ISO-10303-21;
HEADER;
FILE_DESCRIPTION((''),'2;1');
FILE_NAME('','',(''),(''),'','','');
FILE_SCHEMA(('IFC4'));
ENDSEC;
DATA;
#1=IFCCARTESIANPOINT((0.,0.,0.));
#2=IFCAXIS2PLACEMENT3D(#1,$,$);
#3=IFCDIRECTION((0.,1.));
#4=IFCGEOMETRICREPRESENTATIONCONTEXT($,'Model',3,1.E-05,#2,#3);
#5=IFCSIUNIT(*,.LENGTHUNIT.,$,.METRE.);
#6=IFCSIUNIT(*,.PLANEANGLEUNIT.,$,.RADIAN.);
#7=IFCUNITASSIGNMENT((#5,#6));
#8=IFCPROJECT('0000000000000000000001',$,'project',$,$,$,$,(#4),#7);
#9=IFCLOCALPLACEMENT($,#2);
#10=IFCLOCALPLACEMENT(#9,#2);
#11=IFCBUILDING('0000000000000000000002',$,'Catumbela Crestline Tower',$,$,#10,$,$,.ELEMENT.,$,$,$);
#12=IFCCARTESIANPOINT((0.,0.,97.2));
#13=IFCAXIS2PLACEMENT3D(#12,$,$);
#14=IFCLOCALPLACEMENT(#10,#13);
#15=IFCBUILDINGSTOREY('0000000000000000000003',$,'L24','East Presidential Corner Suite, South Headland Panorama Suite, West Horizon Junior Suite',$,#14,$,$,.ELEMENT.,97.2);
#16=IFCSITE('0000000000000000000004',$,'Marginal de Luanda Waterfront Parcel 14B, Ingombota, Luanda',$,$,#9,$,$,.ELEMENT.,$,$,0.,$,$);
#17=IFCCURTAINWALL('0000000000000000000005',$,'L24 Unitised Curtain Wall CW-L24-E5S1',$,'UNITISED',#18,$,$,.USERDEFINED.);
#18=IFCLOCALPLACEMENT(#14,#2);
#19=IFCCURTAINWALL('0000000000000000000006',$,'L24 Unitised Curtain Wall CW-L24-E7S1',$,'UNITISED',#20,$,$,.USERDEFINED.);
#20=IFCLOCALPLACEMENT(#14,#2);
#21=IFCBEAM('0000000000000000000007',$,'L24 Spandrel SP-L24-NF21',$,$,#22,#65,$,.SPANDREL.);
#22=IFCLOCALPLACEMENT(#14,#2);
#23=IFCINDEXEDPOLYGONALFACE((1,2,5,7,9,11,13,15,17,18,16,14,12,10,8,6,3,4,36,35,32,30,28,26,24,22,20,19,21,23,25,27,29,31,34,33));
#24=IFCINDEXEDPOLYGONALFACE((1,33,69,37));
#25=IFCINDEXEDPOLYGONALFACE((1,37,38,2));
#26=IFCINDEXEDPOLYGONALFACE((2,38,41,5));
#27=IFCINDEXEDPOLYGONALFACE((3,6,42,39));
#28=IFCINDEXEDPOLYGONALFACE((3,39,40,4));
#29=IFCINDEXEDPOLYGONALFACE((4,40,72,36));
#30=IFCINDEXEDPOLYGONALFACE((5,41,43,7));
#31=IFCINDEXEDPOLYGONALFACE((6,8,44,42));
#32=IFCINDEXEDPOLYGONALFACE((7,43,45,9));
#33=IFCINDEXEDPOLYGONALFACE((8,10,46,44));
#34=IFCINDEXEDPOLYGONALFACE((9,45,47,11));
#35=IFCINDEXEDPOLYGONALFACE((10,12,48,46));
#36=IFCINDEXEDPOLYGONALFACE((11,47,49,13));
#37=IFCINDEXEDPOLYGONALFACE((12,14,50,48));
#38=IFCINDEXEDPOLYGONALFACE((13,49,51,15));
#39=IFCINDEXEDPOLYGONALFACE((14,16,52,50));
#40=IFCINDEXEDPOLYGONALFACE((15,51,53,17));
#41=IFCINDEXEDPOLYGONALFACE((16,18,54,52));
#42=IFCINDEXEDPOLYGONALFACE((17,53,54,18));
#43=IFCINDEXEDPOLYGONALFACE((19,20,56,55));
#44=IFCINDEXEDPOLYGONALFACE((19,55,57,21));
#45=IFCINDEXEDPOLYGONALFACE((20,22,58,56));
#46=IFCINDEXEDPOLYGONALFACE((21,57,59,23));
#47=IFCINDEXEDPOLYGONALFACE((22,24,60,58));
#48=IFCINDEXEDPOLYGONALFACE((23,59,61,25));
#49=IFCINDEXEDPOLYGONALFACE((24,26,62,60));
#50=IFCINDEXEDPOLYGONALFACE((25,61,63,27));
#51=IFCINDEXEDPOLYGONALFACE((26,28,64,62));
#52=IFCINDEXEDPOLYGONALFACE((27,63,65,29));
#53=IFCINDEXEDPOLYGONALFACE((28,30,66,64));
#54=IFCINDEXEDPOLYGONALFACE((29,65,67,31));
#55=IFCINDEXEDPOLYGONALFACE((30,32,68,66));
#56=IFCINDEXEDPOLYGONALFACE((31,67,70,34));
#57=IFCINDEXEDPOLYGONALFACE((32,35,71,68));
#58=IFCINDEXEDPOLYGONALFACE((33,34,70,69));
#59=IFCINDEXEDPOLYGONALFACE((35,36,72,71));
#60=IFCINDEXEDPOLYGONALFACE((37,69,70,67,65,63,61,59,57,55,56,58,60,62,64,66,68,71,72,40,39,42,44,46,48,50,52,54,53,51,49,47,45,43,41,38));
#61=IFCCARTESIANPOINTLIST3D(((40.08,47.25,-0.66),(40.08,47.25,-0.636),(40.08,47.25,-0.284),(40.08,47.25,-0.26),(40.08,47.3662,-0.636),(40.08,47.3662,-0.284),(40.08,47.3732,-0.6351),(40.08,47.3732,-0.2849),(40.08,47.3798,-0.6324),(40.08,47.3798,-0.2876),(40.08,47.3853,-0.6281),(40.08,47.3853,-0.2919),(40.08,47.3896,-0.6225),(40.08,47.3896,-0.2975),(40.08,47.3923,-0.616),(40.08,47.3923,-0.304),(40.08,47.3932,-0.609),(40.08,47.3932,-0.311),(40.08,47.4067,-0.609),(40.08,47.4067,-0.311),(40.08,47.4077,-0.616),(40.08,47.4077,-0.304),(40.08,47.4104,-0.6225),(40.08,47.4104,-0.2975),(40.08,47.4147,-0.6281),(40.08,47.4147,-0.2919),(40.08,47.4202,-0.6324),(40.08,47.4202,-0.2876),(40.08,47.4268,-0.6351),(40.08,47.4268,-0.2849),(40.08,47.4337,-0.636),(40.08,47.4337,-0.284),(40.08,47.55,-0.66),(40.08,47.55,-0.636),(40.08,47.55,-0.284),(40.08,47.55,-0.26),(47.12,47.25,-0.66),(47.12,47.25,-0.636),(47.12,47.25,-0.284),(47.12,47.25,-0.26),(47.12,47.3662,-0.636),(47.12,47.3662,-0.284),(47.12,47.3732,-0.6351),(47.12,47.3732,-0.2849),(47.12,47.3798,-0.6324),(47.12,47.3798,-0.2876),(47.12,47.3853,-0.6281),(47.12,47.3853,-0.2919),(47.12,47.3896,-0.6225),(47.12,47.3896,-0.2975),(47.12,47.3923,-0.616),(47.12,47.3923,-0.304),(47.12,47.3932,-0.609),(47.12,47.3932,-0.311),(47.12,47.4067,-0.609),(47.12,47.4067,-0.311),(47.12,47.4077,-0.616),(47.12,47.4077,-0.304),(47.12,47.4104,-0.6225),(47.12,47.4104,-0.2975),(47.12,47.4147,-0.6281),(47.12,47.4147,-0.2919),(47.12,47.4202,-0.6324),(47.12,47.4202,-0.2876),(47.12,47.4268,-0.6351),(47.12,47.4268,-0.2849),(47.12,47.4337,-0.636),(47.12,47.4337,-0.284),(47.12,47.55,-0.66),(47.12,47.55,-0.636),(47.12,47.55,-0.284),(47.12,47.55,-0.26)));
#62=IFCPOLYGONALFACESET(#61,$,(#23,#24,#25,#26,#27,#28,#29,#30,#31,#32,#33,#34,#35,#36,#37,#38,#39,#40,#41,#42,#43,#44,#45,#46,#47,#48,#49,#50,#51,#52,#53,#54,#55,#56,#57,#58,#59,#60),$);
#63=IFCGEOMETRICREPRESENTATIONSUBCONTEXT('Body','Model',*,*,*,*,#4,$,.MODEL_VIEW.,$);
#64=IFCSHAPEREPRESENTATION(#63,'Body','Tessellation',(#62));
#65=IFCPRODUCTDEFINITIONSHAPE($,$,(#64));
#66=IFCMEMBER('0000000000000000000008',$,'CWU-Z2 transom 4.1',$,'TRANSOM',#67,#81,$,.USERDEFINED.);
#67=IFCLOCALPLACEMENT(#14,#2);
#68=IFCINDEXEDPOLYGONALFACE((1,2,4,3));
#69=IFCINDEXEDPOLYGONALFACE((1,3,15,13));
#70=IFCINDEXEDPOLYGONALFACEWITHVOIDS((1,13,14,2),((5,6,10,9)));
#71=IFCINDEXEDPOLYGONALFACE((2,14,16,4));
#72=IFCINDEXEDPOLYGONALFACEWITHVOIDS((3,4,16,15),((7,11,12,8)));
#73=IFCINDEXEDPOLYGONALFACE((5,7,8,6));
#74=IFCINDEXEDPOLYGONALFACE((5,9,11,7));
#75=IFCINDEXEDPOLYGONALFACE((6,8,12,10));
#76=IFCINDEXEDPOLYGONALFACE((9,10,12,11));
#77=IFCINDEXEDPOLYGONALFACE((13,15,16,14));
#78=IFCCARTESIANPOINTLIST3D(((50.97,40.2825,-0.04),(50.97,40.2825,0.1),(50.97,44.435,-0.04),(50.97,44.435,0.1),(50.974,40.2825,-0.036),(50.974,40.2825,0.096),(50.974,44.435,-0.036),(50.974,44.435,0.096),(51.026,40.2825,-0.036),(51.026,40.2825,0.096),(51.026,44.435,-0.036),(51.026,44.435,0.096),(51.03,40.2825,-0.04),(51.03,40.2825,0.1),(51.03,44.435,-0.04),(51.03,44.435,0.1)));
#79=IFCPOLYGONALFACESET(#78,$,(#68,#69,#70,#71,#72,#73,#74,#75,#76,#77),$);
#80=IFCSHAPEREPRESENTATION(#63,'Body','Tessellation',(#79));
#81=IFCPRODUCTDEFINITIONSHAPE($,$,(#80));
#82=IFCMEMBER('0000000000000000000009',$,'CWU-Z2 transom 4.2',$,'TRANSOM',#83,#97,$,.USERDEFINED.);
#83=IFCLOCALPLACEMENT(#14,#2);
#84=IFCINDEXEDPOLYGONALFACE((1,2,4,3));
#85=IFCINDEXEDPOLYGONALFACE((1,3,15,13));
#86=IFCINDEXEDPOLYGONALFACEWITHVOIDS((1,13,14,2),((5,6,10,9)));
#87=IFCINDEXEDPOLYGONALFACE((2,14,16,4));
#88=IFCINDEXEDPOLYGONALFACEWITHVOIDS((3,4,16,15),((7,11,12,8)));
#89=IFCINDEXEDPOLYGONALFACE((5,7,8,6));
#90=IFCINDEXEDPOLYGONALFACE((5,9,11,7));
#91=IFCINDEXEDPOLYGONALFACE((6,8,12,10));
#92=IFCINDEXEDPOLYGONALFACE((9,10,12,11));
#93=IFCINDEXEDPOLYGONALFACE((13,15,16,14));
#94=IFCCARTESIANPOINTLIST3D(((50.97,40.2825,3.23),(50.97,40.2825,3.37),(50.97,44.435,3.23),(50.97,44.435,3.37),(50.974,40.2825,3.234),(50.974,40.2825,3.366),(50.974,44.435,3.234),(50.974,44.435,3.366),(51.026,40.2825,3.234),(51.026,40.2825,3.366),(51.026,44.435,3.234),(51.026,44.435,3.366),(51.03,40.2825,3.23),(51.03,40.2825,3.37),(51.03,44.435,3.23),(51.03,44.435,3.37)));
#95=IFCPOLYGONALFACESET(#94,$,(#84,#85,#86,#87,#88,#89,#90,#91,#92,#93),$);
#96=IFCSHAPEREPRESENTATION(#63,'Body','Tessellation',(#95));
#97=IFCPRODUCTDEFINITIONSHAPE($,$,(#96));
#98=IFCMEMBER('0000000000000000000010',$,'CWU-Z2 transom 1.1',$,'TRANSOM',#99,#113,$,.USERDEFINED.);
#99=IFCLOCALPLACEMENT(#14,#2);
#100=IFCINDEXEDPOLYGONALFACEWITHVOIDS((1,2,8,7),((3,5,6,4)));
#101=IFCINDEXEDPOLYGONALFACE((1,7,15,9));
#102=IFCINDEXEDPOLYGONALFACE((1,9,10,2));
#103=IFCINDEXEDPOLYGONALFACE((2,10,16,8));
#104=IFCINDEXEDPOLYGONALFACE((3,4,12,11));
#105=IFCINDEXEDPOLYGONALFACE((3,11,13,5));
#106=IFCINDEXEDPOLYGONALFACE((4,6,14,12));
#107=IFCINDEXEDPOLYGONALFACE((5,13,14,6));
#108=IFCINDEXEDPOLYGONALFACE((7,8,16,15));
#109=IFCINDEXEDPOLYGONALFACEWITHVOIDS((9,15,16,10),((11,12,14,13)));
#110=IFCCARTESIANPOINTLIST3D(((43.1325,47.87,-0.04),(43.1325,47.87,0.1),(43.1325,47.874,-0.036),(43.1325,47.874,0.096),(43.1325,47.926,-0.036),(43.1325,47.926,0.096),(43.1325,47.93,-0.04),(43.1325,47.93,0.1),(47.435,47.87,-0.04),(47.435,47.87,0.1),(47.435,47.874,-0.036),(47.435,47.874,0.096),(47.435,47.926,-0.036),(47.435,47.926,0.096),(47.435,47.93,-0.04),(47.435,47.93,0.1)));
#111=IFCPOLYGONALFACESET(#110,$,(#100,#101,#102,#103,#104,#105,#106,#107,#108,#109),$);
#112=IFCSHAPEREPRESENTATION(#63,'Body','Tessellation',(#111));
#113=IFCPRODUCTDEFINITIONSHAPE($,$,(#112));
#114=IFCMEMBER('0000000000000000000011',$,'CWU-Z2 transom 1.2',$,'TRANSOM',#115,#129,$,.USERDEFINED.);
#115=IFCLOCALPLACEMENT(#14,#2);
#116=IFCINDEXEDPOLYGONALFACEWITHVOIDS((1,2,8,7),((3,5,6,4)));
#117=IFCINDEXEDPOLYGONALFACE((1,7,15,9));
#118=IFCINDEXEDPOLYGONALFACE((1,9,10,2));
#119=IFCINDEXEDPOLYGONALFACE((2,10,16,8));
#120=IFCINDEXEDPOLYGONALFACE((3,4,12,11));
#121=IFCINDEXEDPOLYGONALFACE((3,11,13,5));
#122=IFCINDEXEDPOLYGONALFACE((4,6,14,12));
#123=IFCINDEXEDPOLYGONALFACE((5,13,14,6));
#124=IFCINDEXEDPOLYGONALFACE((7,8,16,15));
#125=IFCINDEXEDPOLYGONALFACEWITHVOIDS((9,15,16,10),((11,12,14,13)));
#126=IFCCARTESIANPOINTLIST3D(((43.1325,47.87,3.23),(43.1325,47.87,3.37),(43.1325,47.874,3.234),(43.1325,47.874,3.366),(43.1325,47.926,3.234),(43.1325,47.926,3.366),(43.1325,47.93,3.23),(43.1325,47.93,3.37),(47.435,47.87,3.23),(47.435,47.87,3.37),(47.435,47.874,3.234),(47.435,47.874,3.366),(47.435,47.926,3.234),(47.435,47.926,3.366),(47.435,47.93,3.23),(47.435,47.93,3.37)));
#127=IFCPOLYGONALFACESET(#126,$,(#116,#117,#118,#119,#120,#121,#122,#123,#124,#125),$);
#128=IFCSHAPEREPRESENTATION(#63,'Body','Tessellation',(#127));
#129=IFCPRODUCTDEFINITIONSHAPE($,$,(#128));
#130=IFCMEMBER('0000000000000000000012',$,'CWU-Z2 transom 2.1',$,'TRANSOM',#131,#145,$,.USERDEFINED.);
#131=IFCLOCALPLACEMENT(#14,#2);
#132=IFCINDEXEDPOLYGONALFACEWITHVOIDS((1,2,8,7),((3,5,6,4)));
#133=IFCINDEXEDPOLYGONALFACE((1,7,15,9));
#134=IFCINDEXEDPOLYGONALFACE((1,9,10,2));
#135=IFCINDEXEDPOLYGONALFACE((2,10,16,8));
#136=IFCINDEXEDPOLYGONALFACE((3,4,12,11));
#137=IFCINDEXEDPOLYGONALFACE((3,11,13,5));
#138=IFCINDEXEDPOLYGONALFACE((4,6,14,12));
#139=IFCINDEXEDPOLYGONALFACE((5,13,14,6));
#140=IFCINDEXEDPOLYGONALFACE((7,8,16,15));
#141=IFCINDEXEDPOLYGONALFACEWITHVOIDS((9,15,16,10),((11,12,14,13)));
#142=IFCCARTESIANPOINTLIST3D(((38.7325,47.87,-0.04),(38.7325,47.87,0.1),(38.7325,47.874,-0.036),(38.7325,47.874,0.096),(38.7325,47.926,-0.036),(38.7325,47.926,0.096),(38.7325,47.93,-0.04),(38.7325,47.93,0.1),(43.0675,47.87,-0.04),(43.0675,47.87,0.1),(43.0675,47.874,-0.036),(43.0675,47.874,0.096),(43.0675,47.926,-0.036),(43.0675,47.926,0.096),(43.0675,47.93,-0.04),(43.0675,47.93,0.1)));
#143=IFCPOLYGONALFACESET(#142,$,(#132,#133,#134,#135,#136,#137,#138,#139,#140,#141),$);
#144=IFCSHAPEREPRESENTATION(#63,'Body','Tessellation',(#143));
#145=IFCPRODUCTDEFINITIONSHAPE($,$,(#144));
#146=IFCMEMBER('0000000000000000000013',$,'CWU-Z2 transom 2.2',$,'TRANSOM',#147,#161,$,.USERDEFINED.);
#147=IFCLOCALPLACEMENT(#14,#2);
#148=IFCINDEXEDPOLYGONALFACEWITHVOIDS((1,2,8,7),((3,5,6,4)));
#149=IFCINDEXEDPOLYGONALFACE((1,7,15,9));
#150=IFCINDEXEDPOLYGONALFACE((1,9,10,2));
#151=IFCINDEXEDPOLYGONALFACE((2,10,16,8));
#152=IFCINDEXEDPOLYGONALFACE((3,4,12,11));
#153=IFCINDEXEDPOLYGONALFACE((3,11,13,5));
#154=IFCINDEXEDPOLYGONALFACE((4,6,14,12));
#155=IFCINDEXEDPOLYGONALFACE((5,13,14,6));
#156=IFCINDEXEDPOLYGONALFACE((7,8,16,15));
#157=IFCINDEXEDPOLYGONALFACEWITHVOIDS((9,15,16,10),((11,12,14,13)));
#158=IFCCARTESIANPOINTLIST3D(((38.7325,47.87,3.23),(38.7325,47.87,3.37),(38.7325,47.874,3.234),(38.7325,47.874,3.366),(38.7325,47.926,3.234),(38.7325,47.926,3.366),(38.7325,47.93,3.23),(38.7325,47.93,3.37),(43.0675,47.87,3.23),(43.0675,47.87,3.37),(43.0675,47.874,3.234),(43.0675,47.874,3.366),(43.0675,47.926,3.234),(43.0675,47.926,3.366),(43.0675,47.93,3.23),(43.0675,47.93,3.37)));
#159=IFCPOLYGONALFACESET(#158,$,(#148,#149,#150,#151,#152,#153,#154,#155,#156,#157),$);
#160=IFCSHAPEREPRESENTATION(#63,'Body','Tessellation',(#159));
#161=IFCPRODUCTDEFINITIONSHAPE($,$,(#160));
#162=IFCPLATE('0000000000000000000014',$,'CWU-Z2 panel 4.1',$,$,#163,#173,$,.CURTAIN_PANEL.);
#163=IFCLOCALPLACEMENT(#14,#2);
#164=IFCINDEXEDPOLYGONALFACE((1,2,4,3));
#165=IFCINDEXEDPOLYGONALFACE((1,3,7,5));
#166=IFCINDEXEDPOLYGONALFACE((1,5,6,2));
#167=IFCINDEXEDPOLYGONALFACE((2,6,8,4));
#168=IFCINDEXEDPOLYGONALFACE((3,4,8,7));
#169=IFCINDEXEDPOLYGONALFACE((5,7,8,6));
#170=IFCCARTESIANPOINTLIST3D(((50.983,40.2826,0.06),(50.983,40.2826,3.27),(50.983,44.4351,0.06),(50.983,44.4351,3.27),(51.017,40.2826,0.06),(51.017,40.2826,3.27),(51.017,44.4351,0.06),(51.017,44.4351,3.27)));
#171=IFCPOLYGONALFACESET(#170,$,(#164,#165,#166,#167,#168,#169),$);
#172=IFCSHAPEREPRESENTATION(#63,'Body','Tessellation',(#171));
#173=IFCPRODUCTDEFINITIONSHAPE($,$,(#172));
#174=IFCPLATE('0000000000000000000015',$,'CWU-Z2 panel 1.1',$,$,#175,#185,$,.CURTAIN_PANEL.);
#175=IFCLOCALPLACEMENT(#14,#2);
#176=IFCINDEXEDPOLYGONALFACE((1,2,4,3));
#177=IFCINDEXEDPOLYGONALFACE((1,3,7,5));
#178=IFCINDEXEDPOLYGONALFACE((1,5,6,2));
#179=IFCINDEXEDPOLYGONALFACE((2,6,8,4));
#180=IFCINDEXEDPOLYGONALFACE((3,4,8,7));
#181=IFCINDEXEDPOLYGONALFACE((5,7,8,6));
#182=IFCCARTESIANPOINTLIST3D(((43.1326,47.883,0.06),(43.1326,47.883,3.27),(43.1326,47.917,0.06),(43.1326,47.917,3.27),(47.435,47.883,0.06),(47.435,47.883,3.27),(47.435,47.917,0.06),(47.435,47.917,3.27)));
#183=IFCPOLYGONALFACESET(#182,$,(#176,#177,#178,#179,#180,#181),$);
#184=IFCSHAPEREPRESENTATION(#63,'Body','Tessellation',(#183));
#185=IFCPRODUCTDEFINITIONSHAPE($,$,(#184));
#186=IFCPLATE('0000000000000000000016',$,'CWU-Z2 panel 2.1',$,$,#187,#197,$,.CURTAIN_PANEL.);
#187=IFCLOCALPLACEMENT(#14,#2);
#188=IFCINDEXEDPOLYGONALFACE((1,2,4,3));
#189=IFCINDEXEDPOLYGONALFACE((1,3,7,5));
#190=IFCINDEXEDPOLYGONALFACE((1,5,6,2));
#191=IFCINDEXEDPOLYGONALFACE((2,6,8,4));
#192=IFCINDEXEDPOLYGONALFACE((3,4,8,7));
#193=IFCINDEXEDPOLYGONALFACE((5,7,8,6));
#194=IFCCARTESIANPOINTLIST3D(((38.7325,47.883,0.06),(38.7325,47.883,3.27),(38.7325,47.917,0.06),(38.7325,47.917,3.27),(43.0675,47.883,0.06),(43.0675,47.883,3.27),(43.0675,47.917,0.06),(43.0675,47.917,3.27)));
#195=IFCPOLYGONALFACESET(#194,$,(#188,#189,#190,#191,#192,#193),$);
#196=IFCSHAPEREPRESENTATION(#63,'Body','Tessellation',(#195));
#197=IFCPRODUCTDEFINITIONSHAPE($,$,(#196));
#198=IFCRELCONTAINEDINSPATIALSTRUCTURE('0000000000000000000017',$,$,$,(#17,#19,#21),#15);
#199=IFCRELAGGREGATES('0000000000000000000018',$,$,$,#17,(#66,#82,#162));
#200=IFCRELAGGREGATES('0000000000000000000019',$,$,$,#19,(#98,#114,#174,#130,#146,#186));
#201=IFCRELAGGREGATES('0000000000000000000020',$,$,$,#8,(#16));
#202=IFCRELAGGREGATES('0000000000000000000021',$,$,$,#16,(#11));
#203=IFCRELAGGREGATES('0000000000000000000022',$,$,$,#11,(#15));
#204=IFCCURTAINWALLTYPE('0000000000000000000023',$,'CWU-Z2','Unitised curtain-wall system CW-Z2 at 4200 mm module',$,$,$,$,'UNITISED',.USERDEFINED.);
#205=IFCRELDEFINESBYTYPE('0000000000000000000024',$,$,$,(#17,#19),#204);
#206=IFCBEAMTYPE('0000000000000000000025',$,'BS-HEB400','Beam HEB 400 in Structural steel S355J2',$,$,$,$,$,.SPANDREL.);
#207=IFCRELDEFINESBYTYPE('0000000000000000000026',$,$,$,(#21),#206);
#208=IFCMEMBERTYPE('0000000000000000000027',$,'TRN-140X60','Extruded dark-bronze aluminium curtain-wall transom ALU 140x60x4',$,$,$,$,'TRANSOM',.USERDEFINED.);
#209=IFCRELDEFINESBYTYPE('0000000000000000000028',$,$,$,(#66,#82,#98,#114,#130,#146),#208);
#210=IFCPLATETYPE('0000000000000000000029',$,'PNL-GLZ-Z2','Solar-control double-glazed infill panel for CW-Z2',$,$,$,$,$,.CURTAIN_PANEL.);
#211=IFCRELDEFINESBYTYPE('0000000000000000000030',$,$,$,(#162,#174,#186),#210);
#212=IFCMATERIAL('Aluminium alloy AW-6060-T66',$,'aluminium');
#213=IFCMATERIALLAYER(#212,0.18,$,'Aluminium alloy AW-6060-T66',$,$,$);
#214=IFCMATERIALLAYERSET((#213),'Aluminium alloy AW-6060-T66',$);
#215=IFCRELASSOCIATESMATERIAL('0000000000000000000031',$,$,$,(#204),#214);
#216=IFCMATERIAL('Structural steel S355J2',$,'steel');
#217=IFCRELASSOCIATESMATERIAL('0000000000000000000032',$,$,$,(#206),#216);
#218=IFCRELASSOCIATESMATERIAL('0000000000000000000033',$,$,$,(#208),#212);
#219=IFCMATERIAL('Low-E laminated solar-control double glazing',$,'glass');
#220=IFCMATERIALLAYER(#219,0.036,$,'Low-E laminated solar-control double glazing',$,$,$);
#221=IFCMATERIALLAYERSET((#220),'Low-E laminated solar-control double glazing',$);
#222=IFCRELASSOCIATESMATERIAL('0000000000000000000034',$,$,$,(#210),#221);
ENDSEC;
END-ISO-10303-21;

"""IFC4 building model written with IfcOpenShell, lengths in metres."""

from ifc_helpers import new_model, si_unit, direction, frame, origin, origin_2d, place, context, subcontext, project, spatial, rectangle, hollow_rectangle, i_section, extrude, material, layer, layer_set, material_profile, profile_set, type_object, element, aggregate, save


model = new_model("IFC4")

# Units and contexts
model_context = context("Model", 3, precision=1e-05, world=origin(), true_north=direction((0.0, 1.0)))
body_context = subcontext(model_context, "Body", "Model", "MODEL_VIEW")
ifc_project = project(units=[si_unit("LENGTHUNIT", "METRE"), si_unit("PLANEANGLEUNIT", "RADIAN")], contexts=[model_context])

# Site, building, storey
site_placement = place(None, origin())
site = spatial("IfcSite", under=ifc_project, at=site_placement, Name="Marginal de Luanda Waterfront Parcel 14B, Ingombota, Luanda", CompositionType="ELEMENT", RefElevation=0.0)
building_placement = place(site_placement, origin())
building = spatial("IfcBuilding", under=site, at=building_placement, Name="Catumbela Crestline Tower", CompositionType="ELEMENT")
storey_placement = place(building_placement, frame((0.0, 0.0, 97.2)))
storey = spatial("IfcBuildingStorey", under=building, at=storey_placement, Name="L24", Description="East Presidential Corner Suite, South Headland Panorama Suite, West Horizon Junior Suite", CompositionType="ELEMENT", Elevation=97.2)

# Curtain walls
ifc_material_1 = material(Name="Aluminium alloy AW-6060-T66", Category="aluminium")
ifc_layer_1 = layer(ifc_material_1, 0.18, Name="Aluminium alloy AW-6060-T66")
ifc_layer_set_1 = layer_set([ifc_layer_1], Name="Aluminium alloy AW-6060-T66")
curtain_wall_type = type_object("IfcCurtainWallType", Name="CWU-Z2", Description="Unitised curtain-wall system CW-Z2 at 4200 mm module", ElementType="UNITISED", PredefinedType="USERDEFINED", material=ifc_layer_set_1)
curtain_wall_1_placement = place(storey_placement, origin())
curtain_wall_1 = element("IfcCurtainWall", 1, at=curtain_wall_1_placement, inside=storey, type_object=curtain_wall_type, Name="L24 Unitised Curtain Wall CW-L24-E5S1", ObjectType="UNITISED", PredefinedType="USERDEFINED")
curtain_wall_2_placement = place(storey_placement, origin())
curtain_wall_2 = element("IfcCurtainWall", 2, at=curtain_wall_2_placement, inside=storey, type_object=curtain_wall_type, Name="L24 Unitised Curtain Wall CW-L24-E7S1", ObjectType="UNITISED", PredefinedType="USERDEFINED")

# Beam
ifc_material_2 = material(Name="Structural steel S355J2", Category="steel")
ifc_material_profile_1 = material_profile(ifc_material_2, i_section(OverallWidth=0.3, OverallDepth=0.4, WebThickness=0.0135, FlangeThickness=0.024, FilletRadius=0.027, at=origin_2d()), Name="HEB 400")
ifc_profile_set_1 = profile_set([ifc_material_profile_1], Name="Structural steel S355J2")
beam_type = type_object("IfcBeamType", Name="BS-HEB400", Description="Beam HEB 400 in Structural steel S355J2", PredefinedType="SPANDREL", material=ifc_profile_set_1)
beam_placement = place(storey_placement, frame((40.08, 47.4, -0.46), z_axis=(1.0, 0.0, 0.0), x_axis=(0.0, 1.0, 0.0)))
element("IfcBeam", 3, at=beam_placement, inside=storey, type_object=beam_type, Name="L24 Spandrel SP-L24-NF21", PredefinedType="SPANDREL", context=body_context, shape_type="SweptSolid", body=[
    extrude(i_section(OverallWidth=0.3, OverallDepth=0.4, WebThickness=0.0135, FlangeThickness=0.024, FilletRadius=0.027, at=origin_2d()), origin(), (0.0, 0.0, 1.0), 7.04),
])

# Members
ifc_material_profile_2 = material_profile(ifc_material_1, hollow_rectangle(XDim=0.06, YDim=0.14, WallThickness=0.004, at=origin_2d()), Name="ALU 140x60x4")
ifc_profile_set_2 = profile_set([ifc_material_profile_2], Name="Aluminium alloy AW-6060-T66")
member_type_1 = type_object("IfcMemberType", Name="TRN-140X60", Description="Extruded dark-bronze aluminium curtain-wall transom ALU 140x60x4", ElementType="TRANSOM", PredefinedType="USERDEFINED", material=ifc_profile_set_2)
member_1_placement = place(storey_placement, frame((51.0, 40.2825, 0.03), z_axis=(0.0, 1.0, 0.0), x_axis=(-1.0, 0.0, 0.0)))
member_1 = element("IfcMember", 4, at=member_1_placement, type_object=member_type_1, Name="CWU-Z2 transom 4.1", ObjectType="TRANSOM", PredefinedType="USERDEFINED", context=body_context, shape_type="SweptSolid", body=[
    extrude(hollow_rectangle(XDim=0.06, YDim=0.14, WallThickness=0.004, at=origin_2d()), origin(), (0.0, 0.0, 1.0), 4.1525),
])
member_2_placement = place(storey_placement, frame((51.0, 40.2825, 3.3), z_axis=(0.0, 1.0, 0.0), x_axis=(-1.0, 0.0, 0.0)))
member_2 = element("IfcMember", 5, at=member_2_placement, type_object=member_type_1, Name="CWU-Z2 transom 4.2", ObjectType="TRANSOM", PredefinedType="USERDEFINED", context=body_context, shape_type="SweptSolid", body=[
    extrude(hollow_rectangle(XDim=0.06, YDim=0.14, WallThickness=0.004, at=origin_2d()), origin(), (0.0, 0.0, 1.0), 4.1525),
])
member_3_placement = place(storey_placement, frame((47.435, 47.9, 0.03), z_axis=(-1.0, 0.0, 0.0), x_axis=(0.0, -1.0, 0.0)))
member_3 = element("IfcMember", 6, at=member_3_placement, type_object=member_type_1, Name="CWU-Z2 transom 1.1", ObjectType="TRANSOM", PredefinedType="USERDEFINED", context=body_context, shape_type="SweptSolid", body=[
    extrude(hollow_rectangle(XDim=0.06, YDim=0.14, WallThickness=0.004, at=origin_2d()), origin(), (0.0, 0.0, 1.0), 4.3025),
])
member_4_placement = place(storey_placement, frame((47.435, 47.9, 3.3), z_axis=(-1.0, 0.0, 0.0), x_axis=(0.0, -1.0, 0.0)))
member_4 = element("IfcMember", 7, at=member_4_placement, type_object=member_type_1, Name="CWU-Z2 transom 1.2", ObjectType="TRANSOM", PredefinedType="USERDEFINED", context=body_context, shape_type="SweptSolid", body=[
    extrude(hollow_rectangle(XDim=0.06, YDim=0.14, WallThickness=0.004, at=origin_2d()), origin(), (0.0, 0.0, 1.0), 4.3025),
])
member_5_placement = place(storey_placement, frame((43.0675, 47.9, 0.03), z_axis=(-1.0, 0.0, 0.0), x_axis=(0.0, -1.0, 0.0)))
member_5 = element("IfcMember", 8, at=member_5_placement, type_object=member_type_1, Name="CWU-Z2 transom 2.1", ObjectType="TRANSOM", PredefinedType="USERDEFINED", context=body_context, shape_type="SweptSolid", body=[
    extrude(hollow_rectangle(XDim=0.06, YDim=0.14, WallThickness=0.004, at=origin_2d()), origin(), (0.0, 0.0, 1.0), 4.335),
])
member_6_placement = place(storey_placement, frame((43.0675, 47.9, 3.3), z_axis=(-1.0, 0.0, 0.0), x_axis=(0.0, -1.0, 0.0)))
member_6 = element("IfcMember", 9, at=member_6_placement, type_object=member_type_1, Name="CWU-Z2 transom 2.2", ObjectType="TRANSOM", PredefinedType="USERDEFINED", context=body_context, shape_type="SweptSolid", body=[
    extrude(hollow_rectangle(XDim=0.06, YDim=0.14, WallThickness=0.004, at=origin_2d()), origin(), (0.0, 0.0, 1.0), 4.335),
])

# Plates
ifc_material_3 = material(Name="Low-E laminated solar-control double glazing", Category="glass")
ifc_layer_2 = layer(ifc_material_3, 0.036, Name="Low-E laminated solar-control double glazing")
ifc_layer_set_2 = layer_set([ifc_layer_2], Name="Low-E laminated solar-control double glazing")
plate_type = type_object("IfcPlateType", Name="PNL-GLZ-Z2", Description="Solar-control double-glazed infill panel for CW-Z2", PredefinedType="CURTAIN_PANEL", material=ifc_layer_set_2)
plate_1_placement = place(storey_placement, frame((51.0, 42.3588, 0.06), z_axis=(0.0, 0.0, 1.0), x_axis=(0.0, 1.0, 0.0)))
plate_1 = element("IfcPlate", 10, at=plate_1_placement, type_object=plate_type, Name="CWU-Z2 panel 4.1", PredefinedType="CURTAIN_PANEL", context=body_context, shape_type="SweptSolid", body=[
    extrude(rectangle(XDim=4.1525, YDim=0.034, at=origin_2d()), origin(), (0.0, 0.0, 1.0), 3.21),
])
aggregate(curtain_wall_1, [member_1, member_2, plate_1])
plate_2_placement = place(storey_placement, frame((45.2838, 47.9, 0.06), z_axis=(0.0, 0.0, 1.0), x_axis=(-1.0, 0.0, 0.0)))
plate_2 = element("IfcPlate", 11, at=plate_2_placement, type_object=plate_type, Name="CWU-Z2 panel 1.1", PredefinedType="CURTAIN_PANEL", context=body_context, shape_type="SweptSolid", body=[
    extrude(rectangle(XDim=4.3025, YDim=0.034, at=origin_2d()), origin(), (0.0, 0.0, 1.0), 3.21),
])
plate_3_placement = place(storey_placement, frame((40.9, 47.9, 0.06), z_axis=(0.0, 0.0, 1.0), x_axis=(-1.0, 0.0, 0.0)))
plate_3 = element("IfcPlate", 12, at=plate_3_placement, type_object=plate_type, Name="CWU-Z2 panel 2.1", PredefinedType="CURTAIN_PANEL", context=body_context, shape_type="SweptSolid", body=[
    extrude(rectangle(XDim=4.335, YDim=0.034, at=origin_2d()), origin(), (0.0, 0.0, 1.0), 3.21),
])
aggregate(curtain_wall_2, [member_3, member_4, plate_2, member_5, member_6, plate_3])

save(model, "model.ifc")
